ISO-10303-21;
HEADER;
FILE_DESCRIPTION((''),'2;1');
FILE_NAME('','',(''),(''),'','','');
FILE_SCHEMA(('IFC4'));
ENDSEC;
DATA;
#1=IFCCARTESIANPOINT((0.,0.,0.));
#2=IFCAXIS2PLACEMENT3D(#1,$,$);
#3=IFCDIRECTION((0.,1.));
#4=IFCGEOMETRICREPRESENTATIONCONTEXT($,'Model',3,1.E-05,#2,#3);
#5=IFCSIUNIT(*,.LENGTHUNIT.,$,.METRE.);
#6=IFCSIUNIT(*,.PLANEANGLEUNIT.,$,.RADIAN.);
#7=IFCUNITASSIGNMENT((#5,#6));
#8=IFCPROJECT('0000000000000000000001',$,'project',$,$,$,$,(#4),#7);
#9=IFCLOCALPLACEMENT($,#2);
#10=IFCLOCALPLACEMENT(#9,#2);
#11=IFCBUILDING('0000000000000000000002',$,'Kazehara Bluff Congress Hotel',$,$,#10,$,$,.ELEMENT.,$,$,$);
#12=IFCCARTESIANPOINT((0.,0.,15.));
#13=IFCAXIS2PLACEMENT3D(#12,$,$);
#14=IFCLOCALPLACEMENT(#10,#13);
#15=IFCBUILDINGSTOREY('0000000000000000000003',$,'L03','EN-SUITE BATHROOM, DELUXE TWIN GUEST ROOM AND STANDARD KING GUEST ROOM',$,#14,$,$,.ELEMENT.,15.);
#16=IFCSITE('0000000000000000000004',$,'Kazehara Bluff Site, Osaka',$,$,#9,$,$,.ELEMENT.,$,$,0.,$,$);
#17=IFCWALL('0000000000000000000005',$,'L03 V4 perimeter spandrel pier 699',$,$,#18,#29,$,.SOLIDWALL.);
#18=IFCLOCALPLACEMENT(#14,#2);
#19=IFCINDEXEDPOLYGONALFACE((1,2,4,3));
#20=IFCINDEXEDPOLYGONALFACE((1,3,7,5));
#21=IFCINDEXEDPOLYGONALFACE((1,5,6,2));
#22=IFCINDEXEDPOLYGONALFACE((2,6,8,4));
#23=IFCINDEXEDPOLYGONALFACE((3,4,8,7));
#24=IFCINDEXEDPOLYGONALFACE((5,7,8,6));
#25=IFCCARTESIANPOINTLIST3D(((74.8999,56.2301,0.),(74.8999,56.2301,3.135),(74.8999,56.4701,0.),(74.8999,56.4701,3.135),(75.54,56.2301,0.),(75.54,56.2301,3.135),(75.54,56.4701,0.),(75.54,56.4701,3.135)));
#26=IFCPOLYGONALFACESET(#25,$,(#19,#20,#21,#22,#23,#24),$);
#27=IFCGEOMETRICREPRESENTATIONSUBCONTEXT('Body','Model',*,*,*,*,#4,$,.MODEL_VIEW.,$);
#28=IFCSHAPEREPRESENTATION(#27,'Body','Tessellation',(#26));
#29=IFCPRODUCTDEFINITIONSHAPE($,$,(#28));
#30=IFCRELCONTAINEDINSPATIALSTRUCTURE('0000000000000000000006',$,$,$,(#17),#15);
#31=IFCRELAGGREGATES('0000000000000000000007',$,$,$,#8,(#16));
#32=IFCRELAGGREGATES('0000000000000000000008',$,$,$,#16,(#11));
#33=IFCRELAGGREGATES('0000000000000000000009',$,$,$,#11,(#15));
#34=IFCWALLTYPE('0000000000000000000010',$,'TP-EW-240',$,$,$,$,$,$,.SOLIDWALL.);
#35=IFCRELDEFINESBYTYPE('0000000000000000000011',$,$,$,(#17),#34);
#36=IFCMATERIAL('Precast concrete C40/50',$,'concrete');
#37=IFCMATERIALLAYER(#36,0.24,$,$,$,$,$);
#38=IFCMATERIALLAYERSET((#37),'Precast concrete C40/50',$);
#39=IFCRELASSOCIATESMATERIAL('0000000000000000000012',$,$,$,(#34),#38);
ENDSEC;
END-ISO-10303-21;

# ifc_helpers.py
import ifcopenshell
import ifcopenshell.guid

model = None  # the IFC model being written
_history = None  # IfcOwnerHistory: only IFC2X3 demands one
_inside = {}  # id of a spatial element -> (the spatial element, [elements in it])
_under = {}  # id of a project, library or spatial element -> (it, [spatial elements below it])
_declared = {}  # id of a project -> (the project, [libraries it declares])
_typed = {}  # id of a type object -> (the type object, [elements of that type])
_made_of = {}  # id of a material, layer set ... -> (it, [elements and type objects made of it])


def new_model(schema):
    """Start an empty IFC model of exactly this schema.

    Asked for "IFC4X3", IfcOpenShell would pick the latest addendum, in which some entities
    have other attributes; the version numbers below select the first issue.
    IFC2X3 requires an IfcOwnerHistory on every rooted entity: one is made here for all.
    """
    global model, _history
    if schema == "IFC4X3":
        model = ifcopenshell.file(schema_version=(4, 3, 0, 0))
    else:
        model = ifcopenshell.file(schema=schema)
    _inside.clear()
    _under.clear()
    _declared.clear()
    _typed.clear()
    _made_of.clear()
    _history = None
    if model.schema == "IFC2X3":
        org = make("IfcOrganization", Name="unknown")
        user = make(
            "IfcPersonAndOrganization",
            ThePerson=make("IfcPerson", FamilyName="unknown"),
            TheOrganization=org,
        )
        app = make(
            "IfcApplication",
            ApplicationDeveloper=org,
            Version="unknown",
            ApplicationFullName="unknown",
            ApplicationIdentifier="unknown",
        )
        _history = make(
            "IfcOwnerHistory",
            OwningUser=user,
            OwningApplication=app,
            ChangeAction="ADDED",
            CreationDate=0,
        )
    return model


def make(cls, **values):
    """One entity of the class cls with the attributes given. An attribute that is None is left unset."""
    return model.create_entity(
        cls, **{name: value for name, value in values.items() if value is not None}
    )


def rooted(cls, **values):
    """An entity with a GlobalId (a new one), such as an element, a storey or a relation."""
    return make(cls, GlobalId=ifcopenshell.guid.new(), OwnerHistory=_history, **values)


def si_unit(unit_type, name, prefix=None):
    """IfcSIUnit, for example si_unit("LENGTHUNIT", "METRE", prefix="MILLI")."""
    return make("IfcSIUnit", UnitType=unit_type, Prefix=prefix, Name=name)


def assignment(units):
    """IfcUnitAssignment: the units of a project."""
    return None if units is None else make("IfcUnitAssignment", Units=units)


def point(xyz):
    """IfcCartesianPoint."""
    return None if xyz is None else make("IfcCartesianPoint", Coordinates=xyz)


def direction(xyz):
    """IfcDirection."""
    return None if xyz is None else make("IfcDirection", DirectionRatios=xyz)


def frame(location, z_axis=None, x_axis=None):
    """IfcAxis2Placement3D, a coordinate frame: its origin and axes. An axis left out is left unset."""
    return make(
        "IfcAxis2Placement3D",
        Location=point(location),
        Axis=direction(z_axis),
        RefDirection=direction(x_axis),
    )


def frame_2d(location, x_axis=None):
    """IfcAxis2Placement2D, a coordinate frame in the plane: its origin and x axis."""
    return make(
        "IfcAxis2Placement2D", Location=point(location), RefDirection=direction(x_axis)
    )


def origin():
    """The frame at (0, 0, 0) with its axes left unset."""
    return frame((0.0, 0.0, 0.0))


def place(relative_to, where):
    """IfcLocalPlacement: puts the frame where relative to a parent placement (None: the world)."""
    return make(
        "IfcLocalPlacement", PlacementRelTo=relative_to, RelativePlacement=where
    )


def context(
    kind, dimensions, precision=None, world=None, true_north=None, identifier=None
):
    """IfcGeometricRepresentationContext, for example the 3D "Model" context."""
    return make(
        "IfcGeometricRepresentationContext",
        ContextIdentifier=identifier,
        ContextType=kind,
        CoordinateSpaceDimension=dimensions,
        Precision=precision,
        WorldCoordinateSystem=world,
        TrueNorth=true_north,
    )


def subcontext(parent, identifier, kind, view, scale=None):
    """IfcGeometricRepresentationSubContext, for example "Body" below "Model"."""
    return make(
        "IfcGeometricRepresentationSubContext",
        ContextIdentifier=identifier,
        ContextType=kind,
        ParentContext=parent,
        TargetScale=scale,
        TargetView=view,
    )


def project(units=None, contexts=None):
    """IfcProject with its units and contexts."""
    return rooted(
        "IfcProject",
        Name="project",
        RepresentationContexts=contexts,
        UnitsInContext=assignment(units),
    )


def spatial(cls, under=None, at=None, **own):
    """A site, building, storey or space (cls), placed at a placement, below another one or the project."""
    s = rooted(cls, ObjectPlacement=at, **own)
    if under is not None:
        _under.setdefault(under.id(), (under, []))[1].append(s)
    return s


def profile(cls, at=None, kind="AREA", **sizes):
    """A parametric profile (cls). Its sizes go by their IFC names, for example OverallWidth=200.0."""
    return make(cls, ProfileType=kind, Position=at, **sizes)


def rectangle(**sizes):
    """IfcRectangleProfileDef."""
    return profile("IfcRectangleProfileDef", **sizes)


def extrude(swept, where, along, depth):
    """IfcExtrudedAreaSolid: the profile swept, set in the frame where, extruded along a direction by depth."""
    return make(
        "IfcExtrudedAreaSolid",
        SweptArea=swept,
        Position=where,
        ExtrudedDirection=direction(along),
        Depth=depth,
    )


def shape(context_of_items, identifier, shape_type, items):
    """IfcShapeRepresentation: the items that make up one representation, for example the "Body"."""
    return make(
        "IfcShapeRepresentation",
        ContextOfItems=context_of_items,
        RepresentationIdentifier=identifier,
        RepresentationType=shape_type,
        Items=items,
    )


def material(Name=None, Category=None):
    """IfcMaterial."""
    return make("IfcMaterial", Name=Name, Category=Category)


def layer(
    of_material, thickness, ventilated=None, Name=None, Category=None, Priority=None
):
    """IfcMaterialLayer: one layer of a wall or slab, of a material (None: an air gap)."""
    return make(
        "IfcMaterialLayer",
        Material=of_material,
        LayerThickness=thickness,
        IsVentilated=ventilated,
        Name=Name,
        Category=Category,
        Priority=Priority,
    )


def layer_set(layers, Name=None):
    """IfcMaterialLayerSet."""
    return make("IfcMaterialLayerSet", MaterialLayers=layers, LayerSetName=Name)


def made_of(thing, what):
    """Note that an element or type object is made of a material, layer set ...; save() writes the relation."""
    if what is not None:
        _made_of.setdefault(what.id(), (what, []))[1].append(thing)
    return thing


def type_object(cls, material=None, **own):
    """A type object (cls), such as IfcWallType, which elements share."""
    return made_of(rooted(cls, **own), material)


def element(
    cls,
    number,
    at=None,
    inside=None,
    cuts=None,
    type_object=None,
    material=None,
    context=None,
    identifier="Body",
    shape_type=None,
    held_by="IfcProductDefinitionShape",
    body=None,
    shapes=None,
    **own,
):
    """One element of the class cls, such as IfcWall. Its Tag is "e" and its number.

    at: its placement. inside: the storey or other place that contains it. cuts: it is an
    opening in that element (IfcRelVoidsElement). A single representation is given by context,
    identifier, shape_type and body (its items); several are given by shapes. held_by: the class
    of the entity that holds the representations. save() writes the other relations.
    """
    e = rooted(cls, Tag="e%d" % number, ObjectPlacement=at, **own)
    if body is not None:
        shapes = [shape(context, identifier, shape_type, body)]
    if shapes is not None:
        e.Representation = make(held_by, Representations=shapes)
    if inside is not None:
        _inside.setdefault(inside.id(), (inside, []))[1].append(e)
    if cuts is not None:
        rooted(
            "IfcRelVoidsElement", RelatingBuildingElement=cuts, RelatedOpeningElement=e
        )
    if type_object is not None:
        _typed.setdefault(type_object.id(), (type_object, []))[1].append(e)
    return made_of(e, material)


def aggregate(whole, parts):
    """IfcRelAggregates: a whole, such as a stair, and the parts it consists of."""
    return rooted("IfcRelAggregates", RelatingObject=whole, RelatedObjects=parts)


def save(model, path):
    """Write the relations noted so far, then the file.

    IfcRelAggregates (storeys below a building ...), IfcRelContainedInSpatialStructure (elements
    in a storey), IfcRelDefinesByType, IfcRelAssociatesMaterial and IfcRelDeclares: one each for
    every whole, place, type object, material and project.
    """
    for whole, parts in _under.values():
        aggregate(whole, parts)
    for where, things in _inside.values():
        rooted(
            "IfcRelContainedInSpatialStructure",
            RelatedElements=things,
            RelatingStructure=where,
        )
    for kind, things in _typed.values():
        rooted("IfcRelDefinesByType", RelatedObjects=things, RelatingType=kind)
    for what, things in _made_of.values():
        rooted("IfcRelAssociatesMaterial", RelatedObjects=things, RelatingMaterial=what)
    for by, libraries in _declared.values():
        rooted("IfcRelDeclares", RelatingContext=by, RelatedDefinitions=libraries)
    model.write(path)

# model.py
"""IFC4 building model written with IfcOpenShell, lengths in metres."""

from ifc_helpers import new_model, si_unit, direction, frame, frame_2d, origin, place, context, subcontext, project, spatial, rectangle, extrude, material, layer, layer_set, type_object, element, save


model = new_model("IFC4")

# Units and contexts
model_context = context("Model", 3, precision=1e-05, world=origin(), true_north=direction((0.0, 1.0)))
body_context = subcontext(model_context, "Body", "Model", "MODEL_VIEW")
ifc_project = project(units=[si_unit("LENGTHUNIT", "METRE"), si_unit("PLANEANGLEUNIT", "RADIAN")], contexts=[model_context])

# Site, building, storey
site_placement = place(None, origin())
site = spatial("IfcSite", under=ifc_project, at=site_placement, Name="Kazehara Bluff Site, Osaka", CompositionType="ELEMENT", RefElevation=0.0)
building_placement = place(site_placement, origin())
building = spatial("IfcBuilding", under=site, at=building_placement, Name="Kazehara Bluff Congress Hotel", CompositionType="ELEMENT")
storey_placement = place(building_placement, frame((0.0, 0.0, 15.0)))
storey = spatial("IfcBuildingStorey", under=building, at=storey_placement, Name="L03", Description="EN-SUITE BATHROOM, DELUXE TWIN GUEST ROOM AND STANDARD KING GUEST ROOM", CompositionType="ELEMENT", Elevation=15.0)

# Wall
ifc_material_1 = material(Name="Precast concrete C40/50", Category="concrete")
ifc_layer_1 = layer(ifc_material_1, 0.24)
ifc_layer_set_1 = layer_set([ifc_layer_1], Name="Precast concrete C40/50")
wall_type_1 = type_object("IfcWallType", Name="TP-EW-240", PredefinedType="SOLIDWALL", material=ifc_layer_set_1)
wall_1_placement = place(storey_placement, frame((74.8999, 56.3501, 0.0), z_axis=(0.0, 0.0, 1.0), x_axis=(1.0, 0.0, 0.0)))
element("IfcWall", 1, at=wall_1_placement, inside=storey, type_object=wall_type_1, Name="L03 V4 perimeter spandrel pier 699", PredefinedType="SOLIDWALL", context=body_context, shape_type="SweptSolid", body=[
    extrude(rectangle(XDim=0.6401, YDim=0.24, at=frame_2d((0.3201, 0.0))), origin(), (0.0, 0.0, 1.0), 3.135),
])

save(model, "model.ifc")
